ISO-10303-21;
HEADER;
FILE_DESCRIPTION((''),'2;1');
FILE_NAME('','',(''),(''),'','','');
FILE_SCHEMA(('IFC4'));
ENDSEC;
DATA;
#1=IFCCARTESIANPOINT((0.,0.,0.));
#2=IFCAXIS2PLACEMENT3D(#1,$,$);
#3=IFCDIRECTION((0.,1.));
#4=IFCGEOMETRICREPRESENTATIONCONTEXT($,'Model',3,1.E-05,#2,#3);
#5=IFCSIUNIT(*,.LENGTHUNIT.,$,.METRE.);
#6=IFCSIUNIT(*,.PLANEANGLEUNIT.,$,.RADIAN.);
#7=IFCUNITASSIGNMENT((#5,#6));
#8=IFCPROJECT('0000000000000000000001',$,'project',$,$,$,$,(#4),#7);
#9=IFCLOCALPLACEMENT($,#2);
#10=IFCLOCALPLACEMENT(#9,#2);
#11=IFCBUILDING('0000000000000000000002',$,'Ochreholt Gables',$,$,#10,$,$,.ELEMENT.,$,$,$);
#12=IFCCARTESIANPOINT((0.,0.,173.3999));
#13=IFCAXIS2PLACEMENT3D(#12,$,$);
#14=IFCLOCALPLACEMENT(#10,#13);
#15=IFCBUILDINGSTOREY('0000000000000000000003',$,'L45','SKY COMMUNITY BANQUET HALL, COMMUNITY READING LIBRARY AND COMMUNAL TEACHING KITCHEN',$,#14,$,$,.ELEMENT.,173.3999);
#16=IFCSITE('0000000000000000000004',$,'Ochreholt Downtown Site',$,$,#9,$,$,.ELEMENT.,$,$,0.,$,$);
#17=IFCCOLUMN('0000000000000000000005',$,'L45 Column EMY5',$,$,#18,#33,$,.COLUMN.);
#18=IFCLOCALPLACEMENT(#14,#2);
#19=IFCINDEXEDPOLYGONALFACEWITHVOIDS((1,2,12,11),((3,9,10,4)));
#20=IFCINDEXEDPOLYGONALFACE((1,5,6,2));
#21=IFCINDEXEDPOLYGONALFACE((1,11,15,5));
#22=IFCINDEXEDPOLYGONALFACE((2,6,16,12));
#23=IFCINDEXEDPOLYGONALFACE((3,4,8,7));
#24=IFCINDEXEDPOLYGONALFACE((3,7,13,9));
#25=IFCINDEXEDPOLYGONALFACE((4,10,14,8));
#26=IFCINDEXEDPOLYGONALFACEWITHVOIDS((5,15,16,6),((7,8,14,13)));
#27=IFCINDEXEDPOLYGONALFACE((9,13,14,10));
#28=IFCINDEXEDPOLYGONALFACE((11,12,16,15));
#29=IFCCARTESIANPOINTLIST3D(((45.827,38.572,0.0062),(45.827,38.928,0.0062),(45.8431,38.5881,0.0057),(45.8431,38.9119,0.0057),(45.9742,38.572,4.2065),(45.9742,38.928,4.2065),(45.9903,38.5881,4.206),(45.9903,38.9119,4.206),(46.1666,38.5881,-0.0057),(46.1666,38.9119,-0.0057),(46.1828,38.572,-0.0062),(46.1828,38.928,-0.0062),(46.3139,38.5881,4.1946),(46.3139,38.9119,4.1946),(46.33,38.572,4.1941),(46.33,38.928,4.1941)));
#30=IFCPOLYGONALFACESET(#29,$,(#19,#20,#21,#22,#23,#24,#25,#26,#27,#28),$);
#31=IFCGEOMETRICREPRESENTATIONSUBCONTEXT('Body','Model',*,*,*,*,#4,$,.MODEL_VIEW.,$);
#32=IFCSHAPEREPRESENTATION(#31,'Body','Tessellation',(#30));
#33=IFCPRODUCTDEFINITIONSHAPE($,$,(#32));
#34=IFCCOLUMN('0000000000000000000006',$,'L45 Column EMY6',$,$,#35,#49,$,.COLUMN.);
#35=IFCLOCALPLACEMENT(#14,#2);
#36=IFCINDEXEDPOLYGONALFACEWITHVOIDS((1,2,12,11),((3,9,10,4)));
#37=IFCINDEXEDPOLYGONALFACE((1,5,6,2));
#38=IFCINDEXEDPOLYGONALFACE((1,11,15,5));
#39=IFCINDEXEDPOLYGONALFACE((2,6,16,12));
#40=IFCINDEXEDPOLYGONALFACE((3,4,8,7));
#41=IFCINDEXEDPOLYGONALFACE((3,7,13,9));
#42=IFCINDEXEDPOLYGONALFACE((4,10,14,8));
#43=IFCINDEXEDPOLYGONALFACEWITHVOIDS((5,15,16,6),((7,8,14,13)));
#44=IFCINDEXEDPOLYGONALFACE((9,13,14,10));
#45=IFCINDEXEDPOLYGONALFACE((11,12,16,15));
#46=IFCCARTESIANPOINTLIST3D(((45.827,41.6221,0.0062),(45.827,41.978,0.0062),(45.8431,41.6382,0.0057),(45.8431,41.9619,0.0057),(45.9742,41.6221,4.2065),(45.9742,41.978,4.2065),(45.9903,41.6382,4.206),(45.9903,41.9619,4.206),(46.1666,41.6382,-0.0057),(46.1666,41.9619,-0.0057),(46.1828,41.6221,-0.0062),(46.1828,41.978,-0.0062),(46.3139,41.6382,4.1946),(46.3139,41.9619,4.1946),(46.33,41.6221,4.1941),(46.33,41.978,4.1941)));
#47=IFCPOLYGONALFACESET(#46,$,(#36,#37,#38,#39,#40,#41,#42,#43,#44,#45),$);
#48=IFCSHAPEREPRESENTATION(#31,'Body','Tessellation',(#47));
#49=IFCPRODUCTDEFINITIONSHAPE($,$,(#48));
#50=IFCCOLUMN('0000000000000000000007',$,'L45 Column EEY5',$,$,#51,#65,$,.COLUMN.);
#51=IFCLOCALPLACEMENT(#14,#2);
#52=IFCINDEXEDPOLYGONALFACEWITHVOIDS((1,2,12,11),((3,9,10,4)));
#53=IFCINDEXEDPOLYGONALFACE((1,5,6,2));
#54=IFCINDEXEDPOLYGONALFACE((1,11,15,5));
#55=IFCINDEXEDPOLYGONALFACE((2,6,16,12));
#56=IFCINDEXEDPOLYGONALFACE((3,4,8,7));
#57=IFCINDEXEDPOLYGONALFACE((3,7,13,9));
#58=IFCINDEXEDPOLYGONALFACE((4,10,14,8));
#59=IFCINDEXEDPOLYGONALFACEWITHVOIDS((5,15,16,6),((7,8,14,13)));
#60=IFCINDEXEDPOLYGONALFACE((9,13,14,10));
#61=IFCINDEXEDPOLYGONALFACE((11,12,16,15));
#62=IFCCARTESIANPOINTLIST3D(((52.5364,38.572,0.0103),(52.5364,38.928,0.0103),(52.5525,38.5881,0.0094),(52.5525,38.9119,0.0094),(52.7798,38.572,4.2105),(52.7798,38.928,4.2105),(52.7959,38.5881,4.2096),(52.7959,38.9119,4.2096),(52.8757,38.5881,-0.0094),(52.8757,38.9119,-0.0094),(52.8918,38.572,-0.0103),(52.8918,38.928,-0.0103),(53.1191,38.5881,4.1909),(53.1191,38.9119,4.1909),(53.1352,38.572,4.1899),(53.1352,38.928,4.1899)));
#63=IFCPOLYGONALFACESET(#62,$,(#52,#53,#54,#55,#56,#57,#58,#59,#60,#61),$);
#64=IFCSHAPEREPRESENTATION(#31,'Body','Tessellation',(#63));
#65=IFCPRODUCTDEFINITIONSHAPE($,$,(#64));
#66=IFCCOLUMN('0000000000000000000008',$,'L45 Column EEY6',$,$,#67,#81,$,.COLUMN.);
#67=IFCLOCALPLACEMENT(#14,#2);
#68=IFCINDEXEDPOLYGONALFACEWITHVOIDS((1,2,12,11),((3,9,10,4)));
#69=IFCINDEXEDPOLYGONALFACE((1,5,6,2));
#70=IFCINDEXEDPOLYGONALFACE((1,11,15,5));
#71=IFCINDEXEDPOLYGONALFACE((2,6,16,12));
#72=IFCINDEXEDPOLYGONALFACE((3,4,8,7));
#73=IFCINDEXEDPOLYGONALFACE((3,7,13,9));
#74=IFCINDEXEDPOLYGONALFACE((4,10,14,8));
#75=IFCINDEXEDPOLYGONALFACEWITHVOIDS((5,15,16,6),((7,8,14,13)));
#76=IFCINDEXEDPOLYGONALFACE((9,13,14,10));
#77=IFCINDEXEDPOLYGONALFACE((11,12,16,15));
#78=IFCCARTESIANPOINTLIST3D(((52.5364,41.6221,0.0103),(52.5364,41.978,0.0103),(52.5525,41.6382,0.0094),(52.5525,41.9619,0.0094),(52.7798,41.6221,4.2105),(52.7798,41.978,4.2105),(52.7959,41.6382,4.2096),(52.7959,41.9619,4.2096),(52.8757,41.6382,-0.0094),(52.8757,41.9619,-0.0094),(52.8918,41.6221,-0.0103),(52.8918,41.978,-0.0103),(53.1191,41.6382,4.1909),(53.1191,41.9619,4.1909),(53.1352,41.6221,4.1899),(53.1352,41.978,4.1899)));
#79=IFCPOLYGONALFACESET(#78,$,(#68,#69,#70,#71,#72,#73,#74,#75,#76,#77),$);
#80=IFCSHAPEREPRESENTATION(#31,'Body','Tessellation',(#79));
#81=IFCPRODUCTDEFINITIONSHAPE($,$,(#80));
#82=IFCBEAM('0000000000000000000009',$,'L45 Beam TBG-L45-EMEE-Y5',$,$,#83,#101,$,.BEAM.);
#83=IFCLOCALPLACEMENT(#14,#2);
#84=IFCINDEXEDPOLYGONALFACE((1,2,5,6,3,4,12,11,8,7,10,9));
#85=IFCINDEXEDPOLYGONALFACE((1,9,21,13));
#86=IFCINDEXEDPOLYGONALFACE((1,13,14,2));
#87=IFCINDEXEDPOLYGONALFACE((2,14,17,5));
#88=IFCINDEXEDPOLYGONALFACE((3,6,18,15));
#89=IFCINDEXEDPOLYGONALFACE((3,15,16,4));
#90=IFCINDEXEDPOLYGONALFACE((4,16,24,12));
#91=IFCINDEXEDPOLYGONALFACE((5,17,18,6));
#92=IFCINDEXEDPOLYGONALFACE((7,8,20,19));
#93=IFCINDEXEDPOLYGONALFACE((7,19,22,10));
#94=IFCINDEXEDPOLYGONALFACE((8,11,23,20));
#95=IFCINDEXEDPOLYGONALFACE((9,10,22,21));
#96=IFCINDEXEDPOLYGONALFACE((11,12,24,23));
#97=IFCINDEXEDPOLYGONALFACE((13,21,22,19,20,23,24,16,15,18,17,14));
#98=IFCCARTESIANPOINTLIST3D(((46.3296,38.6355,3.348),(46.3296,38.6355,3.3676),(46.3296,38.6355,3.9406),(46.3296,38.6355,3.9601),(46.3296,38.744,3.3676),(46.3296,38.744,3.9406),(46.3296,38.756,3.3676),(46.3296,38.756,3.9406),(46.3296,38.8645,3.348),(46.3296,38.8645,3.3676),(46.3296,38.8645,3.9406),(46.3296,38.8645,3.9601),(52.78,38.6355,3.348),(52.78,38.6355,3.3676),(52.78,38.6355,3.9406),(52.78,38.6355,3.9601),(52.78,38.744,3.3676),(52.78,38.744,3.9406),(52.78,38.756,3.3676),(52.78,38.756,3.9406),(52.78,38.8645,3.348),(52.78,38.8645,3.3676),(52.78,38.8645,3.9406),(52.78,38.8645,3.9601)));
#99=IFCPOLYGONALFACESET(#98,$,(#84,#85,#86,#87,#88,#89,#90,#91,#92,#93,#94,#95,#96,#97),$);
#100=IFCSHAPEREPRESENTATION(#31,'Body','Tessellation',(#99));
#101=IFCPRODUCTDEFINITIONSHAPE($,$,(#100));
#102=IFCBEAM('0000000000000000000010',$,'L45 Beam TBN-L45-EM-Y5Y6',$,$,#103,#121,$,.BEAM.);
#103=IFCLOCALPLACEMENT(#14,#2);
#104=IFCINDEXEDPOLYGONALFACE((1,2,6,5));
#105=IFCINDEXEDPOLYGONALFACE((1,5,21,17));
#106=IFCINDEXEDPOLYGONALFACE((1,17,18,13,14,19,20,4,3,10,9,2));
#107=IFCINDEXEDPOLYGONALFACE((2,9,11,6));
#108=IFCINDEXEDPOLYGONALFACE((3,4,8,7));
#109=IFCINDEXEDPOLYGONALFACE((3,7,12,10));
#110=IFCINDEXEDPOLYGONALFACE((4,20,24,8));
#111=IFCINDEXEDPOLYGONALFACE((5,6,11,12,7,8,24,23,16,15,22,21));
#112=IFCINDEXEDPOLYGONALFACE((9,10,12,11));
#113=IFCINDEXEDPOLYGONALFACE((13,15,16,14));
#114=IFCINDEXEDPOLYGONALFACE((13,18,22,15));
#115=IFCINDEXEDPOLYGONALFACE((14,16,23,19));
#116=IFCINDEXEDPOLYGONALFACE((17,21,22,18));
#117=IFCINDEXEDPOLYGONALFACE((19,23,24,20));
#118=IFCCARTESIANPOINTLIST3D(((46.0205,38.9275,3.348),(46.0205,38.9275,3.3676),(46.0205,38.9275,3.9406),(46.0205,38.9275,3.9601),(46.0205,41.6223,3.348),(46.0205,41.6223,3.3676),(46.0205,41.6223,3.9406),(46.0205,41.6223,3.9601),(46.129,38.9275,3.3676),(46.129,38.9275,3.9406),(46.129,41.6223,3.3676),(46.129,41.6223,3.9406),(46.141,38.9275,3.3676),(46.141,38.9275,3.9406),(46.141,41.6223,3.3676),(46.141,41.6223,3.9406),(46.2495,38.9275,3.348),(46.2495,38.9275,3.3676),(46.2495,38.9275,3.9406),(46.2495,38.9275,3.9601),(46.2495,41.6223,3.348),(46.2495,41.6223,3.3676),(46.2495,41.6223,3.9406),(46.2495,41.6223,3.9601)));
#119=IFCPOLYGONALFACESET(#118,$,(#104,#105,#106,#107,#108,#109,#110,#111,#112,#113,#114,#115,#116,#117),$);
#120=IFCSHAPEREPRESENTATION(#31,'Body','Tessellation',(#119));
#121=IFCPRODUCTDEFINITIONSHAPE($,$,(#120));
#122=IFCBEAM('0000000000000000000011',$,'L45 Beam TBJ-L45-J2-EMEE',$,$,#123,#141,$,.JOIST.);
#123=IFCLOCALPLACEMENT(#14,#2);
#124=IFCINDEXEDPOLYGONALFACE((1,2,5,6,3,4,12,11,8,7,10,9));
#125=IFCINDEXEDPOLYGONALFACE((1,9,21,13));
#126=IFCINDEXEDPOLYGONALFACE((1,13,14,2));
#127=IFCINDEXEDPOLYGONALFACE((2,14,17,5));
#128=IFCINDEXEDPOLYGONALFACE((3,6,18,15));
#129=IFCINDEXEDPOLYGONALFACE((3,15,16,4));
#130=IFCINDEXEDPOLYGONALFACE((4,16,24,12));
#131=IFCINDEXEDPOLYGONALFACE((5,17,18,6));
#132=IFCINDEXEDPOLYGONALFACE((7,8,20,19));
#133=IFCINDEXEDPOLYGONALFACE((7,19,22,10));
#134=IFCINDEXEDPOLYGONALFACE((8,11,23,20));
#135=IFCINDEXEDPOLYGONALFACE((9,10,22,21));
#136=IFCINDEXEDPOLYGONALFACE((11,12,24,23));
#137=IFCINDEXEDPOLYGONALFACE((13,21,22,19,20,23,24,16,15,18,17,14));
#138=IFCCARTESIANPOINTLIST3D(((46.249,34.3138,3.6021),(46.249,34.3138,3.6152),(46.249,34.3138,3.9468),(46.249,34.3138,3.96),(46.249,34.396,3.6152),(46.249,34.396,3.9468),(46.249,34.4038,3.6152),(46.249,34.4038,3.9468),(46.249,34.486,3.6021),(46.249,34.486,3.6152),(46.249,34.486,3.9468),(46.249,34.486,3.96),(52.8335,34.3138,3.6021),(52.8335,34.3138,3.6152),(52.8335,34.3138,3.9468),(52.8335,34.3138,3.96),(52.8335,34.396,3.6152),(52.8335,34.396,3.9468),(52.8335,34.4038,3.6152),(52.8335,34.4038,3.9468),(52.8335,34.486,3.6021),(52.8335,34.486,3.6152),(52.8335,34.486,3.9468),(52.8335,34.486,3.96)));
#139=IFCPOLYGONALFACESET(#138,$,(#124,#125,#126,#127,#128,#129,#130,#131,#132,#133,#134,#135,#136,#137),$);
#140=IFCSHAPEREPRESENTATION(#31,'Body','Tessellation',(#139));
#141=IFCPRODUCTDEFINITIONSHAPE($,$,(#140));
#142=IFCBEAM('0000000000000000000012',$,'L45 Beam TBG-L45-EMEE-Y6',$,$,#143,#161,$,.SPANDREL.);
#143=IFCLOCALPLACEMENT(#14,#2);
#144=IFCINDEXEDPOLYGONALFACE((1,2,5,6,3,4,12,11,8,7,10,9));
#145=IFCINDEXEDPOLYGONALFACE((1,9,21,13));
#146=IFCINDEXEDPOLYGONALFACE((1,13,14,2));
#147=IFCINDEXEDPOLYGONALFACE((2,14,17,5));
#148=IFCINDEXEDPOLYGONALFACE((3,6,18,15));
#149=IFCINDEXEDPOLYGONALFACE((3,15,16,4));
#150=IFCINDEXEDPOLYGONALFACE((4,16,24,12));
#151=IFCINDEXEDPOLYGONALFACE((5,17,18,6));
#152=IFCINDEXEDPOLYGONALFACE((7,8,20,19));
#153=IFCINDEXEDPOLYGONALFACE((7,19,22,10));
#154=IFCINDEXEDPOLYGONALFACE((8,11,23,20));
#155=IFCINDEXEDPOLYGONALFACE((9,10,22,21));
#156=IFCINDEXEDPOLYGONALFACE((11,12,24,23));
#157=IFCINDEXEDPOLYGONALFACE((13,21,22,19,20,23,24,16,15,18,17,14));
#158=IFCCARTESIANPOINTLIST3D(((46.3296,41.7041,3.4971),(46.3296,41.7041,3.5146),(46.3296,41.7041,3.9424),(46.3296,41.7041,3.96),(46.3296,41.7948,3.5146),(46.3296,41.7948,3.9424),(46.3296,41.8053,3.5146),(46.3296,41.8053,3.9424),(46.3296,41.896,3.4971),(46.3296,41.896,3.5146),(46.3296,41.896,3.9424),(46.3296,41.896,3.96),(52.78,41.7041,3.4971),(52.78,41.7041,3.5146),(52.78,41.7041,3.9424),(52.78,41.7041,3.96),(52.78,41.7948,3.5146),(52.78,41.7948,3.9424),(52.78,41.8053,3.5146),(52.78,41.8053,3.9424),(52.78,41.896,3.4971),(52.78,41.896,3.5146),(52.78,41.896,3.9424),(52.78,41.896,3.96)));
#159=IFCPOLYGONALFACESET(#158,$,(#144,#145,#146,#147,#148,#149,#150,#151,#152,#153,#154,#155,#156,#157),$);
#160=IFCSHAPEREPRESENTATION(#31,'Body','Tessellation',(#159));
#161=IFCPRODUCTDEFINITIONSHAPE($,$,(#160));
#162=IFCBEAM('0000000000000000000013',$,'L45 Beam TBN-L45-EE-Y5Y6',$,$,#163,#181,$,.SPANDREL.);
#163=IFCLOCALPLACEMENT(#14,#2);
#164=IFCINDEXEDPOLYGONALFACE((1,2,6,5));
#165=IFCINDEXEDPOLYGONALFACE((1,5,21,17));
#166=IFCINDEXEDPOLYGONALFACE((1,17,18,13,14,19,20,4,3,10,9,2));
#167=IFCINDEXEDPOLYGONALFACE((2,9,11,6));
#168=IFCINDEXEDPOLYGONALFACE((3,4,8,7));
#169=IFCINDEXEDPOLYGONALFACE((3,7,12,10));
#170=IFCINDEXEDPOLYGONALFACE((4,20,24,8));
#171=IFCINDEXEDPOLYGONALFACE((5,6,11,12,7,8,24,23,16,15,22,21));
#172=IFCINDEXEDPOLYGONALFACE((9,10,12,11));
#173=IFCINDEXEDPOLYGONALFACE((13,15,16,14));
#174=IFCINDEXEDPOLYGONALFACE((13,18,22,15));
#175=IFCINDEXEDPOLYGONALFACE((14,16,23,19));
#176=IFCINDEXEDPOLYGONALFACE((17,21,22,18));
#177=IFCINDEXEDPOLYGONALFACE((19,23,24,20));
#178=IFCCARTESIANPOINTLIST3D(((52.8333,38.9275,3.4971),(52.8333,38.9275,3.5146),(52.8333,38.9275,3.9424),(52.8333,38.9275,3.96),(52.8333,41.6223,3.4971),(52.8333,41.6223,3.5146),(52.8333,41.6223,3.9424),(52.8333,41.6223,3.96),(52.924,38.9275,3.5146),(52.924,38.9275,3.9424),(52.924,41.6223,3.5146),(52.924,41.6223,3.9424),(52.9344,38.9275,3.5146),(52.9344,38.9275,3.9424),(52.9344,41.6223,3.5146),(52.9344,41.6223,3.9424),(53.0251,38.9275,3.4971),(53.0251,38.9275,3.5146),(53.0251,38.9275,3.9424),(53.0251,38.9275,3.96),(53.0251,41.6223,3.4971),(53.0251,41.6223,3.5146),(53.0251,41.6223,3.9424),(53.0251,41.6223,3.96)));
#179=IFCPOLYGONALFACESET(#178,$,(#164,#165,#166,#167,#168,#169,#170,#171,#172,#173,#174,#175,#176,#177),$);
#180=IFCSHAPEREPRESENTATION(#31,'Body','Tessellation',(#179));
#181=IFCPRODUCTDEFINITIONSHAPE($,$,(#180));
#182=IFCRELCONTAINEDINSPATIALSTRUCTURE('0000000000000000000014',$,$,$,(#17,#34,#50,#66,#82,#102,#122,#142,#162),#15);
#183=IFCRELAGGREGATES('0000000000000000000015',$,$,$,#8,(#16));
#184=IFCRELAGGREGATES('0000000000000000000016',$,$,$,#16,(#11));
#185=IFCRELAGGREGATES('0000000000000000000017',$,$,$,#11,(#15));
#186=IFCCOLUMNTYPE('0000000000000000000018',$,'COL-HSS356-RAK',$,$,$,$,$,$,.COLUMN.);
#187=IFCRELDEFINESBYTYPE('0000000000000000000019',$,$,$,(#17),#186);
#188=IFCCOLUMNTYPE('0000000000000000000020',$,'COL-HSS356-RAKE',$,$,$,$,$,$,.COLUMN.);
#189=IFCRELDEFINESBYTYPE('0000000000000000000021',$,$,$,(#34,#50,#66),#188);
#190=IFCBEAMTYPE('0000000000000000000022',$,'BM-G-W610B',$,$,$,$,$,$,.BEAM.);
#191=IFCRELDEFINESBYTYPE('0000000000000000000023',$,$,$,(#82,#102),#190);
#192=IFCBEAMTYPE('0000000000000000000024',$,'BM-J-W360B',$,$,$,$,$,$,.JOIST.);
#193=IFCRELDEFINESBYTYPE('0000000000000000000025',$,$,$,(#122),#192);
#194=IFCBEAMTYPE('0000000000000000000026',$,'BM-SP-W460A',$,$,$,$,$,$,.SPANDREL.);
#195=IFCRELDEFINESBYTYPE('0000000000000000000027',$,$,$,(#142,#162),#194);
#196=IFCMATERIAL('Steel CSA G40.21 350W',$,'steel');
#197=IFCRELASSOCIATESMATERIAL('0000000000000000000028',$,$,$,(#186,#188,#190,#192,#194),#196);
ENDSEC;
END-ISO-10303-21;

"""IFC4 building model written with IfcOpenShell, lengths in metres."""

from ifc_helpers import new_model, si_unit, direction, frame, origin, origin_2d, place, context, subcontext, project, spatial, hollow_rectangle, i_section, extrude, material, material_profile, profile_set, type_object, element, save


model = new_model("IFC4")

# Units and contexts
model_context = context("Model", 3, precision=1e-05, world=origin(), true_north=direction((0.0, 1.0)))
body_context = subcontext(model_context, "Body", "Model", "MODEL_VIEW")
ifc_project = project(units=[si_unit("LENGTHUNIT", "METRE"), si_unit("PLANEANGLEUNIT", "RADIAN")], contexts=[model_context])

# Site, building, storey
site_placement = place(None, origin())
site = spatial("IfcSite", under=ifc_project, at=site_placement, Name="Ochreholt Downtown Site", CompositionType="ELEMENT", RefElevation=0.0)
building_placement = place(site_placement, origin())
building = spatial("IfcBuilding", under=site, at=building_placement, Name="Ochreholt Gables", CompositionType="ELEMENT")
storey_placement = place(building_placement, frame((0.0, 0.0, 173.3999)))
storey = spatial("IfcBuildingStorey", under=building, at=storey_placement, Name="L45", Description="SKY COMMUNITY BANQUET HALL, COMMUNITY READING LIBRARY AND COMMUNAL TEACHING KITCHEN", CompositionType="ELEMENT", Elevation=173.3999)

# Columns
ifc_material_1 = material(Name="Steel CSA G40.21 350W", Category="steel")
ifc_material_profile_1 = material_profile(ifc_material_1, hollow_rectangle(XDim=0.356, YDim=0.356, WallThickness=0.0161, at=origin_2d()), Name="HSS356X356X16")
ifc_profile_set_1 = profile_set([ifc_material_profile_1], Name="Steel CSA G40.21 350W")
column_type_1 = type_object("IfcColumnType", Name="COL-HSS356-RAK", PredefinedType="COLUMN", material=ifc_profile_set_1)
column_1_placement = place(storey_placement, frame((46.0049, 38.75, 0.0), z_axis=(0.035028, 0.0, 0.999386), x_axis=(0.0, 1.0, 0.0)))
element("IfcColumn", 1, at=column_1_placement, inside=storey, type_object=column_type_1, Name="L45 Column EMY5", PredefinedType="COLUMN", context=body_context, shape_type="SweptSolid", body=[
    extrude(hollow_rectangle(XDim=0.356, YDim=0.356, WallThickness=0.0161, at=origin_2d()), origin(), (0.0, 0.0, 1.0), 4.2029),
])
ifc_material_profile_2 = material_profile(ifc_material_1, hollow_rectangle(XDim=0.356, YDim=0.356, WallThickness=0.0161, at=origin_2d()), Name="HSS356X356X16")
ifc_profile_set_2 = profile_set([ifc_material_profile_2], Name="Steel CSA G40.21 350W")
column_type_2 = type_object("IfcColumnType", Name="COL-HSS356-RAKE", PredefinedType="COLUMN", material=ifc_profile_set_2)
column_2_placement = place(storey_placement, frame((46.0049, 41.8, 0.0), z_axis=(0.035028, 0.0, 0.999386), x_axis=(0.0, 1.0, 0.0)))
element("IfcColumn", 2, at=column_2_placement, inside=storey, type_object=column_type_2, Name="L45 Column EMY6", PredefinedType="COLUMN", context=body_context, shape_type="SweptSolid", body=[
    extrude(hollow_rectangle(XDim=0.356, YDim=0.356, WallThickness=0.0161, at=origin_2d()), origin(), (0.0, 0.0, 1.0), 4.2029),
])
for number, where, z_axis, x_axis, name in (
    (3, (52.7141, 38.75, 0.0), (0.057855, 0.0, 0.998325), (0.0, 1.0, 0.0), "L45 Column EEY5"),
    (4, (52.7141, 41.8, 0.0), (0.057855, 0.0, 0.998325), (0.0, 1.0, 0.0), "L45 Column EEY6"),
):
    element("IfcColumn", number, at=place(storey_placement, frame(where, z_axis=z_axis, x_axis=x_axis)), inside=storey, type_object=column_type_2, Name=name, PredefinedType="COLUMN", context=body_context, shape_type="SweptSolid", body=[
        extrude(hollow_rectangle(XDim=0.356, YDim=0.356, WallThickness=0.0161, at=origin_2d()), origin(), (0.0, 0.0, 1.0), 4.2073),
    ])

# Beams
ifc_material_profile_3 = material_profile(ifc_material_1, i_section(OverallWidth=0.229, OverallDepth=0.6121, WebThickness=0.012, FlangeThickness=0.0195, at=origin_2d()), Name="W610X125")
ifc_profile_set_3 = profile_set([ifc_material_profile_3], Name="Steel CSA G40.21 350W")
beam_type_1 = type_object("IfcBeamType", Name="BM-G-W610B", PredefinedType="BEAM", material=ifc_profile_set_3)
beam_1_placement = place(storey_placement, frame((46.3296, 38.75, 3.6541), z_axis=(1.0, 0.0, 0.0), x_axis=(0.0, 1.0, 0.0)))
element("IfcBeam", 5, at=beam_1_placement, inside=storey, type_object=beam_type_1, Name="L45 Beam TBG-L45-EMEE-Y5", PredefinedType="BEAM", context=body_context, shape_type="SweptSolid", body=[
    extrude(i_section(OverallWidth=0.229, OverallDepth=0.6121, WebThickness=0.012, FlangeThickness=0.0195, at=origin_2d()), origin(), (0.0, 0.0, 1.0), 6.4504),
])
beam_2_placement = place(storey_placement, frame((46.135, 38.9275, 3.6541), z_axis=(0.0, 1.0, 0.0), x_axis=(-1.0, 0.0, 0.0)))
element("IfcBeam", 6, at=beam_2_placement, inside=storey, type_object=beam_type_1, Name="L45 Beam TBN-L45-EM-Y5Y6", PredefinedType="BEAM", context=body_context, shape_type="SweptSolid", body=[
    extrude(i_section(OverallWidth=0.229, OverallDepth=0.6121, WebThickness=0.012, FlangeThickness=0.0195, at=origin_2d()), origin(), (0.0, 0.0, 1.0), 2.6948),
])
ifc_material_profile_4 = material_profile(ifc_material_1, i_section(OverallWidth=0.1721, OverallDepth=0.3579, WebThickness=0.0078, FlangeThickness=0.0132, at=origin_2d()), Name="W360X57")
ifc_profile_set_4 = profile_set([ifc_material_profile_4], Name="Steel CSA G40.21 350W")
beam_type_2 = type_object("IfcBeamType", Name="BM-J-W360B", PredefinedType="JOIST", material=ifc_profile_set_4)
beam_3_placement = place(storey_placement, frame((46.249, 34.3999, 3.781), z_axis=(1.0, 0.0, 0.0), x_axis=(0.0, 1.0, 0.0)))
element("IfcBeam", 7, at=beam_3_placement, inside=storey, type_object=beam_type_2, Name="L45 Beam TBJ-L45-J2-EMEE", PredefinedType="JOIST", context=body_context, shape_type="SweptSolid", body=[
    extrude(i_section(OverallWidth=0.1721, OverallDepth=0.3579, WebThickness=0.0078, FlangeThickness=0.0132, at=origin_2d()), origin(), (0.0, 0.0, 1.0), 6.5845),
])
ifc_material_profile_5 = material_profile(ifc_material_1, i_section(OverallWidth=0.1919, OverallDepth=0.4629, WebThickness=0.0105, FlangeThickness=0.0176, at=origin_2d()), Name="W460X89")
ifc_profile_set_5 = profile_set([ifc_material_profile_5], Name="Steel CSA G40.21 350W")
beam_type_3 = type_object("IfcBeamType", Name="BM-SP-W460A", PredefinedType="SPANDREL", material=ifc_profile_set_5)
beam_4_placement = place(storey_placement, frame((46.3296, 41.8, 3.7285), z_axis=(1.0, 0.0, 0.0), x_axis=(0.0, 1.0, 0.0)))
element("IfcBeam", 8, at=beam_4_placement, inside=storey, type_object=beam_type_3, Name="L45 Beam TBG-L45-EMEE-Y6", PredefinedType="SPANDREL", context=body_context, shape_type="SweptSolid", body=[
    extrude(i_section(OverallWidth=0.1919, OverallDepth=0.4629, WebThickness=0.0105, FlangeThickness=0.0176, at=origin_2d()), origin(), (0.0, 0.0, 1.0), 6.4504),
])
beam_5_placement = place(storey_placement, frame((52.9292, 38.9275, 3.7285), z_axis=(0.0, 1.0, 0.0), x_axis=(-1.0, 0.0, 0.0)))
element("IfcBeam", 9, at=beam_5_placement, inside=storey, type_object=beam_type_3, Name="L45 Beam TBN-L45-EE-Y5Y6", PredefinedType="SPANDREL", context=body_context, shape_type="SweptSolid", body=[
    extrude(i_section(OverallWidth=0.1919, OverallDepth=0.4629, WebThickness=0.0105, FlangeThickness=0.0176, at=origin_2d()), origin(), (0.0, 0.0, 1.0), 2.6948),
])

save(model, "model.ifc")
